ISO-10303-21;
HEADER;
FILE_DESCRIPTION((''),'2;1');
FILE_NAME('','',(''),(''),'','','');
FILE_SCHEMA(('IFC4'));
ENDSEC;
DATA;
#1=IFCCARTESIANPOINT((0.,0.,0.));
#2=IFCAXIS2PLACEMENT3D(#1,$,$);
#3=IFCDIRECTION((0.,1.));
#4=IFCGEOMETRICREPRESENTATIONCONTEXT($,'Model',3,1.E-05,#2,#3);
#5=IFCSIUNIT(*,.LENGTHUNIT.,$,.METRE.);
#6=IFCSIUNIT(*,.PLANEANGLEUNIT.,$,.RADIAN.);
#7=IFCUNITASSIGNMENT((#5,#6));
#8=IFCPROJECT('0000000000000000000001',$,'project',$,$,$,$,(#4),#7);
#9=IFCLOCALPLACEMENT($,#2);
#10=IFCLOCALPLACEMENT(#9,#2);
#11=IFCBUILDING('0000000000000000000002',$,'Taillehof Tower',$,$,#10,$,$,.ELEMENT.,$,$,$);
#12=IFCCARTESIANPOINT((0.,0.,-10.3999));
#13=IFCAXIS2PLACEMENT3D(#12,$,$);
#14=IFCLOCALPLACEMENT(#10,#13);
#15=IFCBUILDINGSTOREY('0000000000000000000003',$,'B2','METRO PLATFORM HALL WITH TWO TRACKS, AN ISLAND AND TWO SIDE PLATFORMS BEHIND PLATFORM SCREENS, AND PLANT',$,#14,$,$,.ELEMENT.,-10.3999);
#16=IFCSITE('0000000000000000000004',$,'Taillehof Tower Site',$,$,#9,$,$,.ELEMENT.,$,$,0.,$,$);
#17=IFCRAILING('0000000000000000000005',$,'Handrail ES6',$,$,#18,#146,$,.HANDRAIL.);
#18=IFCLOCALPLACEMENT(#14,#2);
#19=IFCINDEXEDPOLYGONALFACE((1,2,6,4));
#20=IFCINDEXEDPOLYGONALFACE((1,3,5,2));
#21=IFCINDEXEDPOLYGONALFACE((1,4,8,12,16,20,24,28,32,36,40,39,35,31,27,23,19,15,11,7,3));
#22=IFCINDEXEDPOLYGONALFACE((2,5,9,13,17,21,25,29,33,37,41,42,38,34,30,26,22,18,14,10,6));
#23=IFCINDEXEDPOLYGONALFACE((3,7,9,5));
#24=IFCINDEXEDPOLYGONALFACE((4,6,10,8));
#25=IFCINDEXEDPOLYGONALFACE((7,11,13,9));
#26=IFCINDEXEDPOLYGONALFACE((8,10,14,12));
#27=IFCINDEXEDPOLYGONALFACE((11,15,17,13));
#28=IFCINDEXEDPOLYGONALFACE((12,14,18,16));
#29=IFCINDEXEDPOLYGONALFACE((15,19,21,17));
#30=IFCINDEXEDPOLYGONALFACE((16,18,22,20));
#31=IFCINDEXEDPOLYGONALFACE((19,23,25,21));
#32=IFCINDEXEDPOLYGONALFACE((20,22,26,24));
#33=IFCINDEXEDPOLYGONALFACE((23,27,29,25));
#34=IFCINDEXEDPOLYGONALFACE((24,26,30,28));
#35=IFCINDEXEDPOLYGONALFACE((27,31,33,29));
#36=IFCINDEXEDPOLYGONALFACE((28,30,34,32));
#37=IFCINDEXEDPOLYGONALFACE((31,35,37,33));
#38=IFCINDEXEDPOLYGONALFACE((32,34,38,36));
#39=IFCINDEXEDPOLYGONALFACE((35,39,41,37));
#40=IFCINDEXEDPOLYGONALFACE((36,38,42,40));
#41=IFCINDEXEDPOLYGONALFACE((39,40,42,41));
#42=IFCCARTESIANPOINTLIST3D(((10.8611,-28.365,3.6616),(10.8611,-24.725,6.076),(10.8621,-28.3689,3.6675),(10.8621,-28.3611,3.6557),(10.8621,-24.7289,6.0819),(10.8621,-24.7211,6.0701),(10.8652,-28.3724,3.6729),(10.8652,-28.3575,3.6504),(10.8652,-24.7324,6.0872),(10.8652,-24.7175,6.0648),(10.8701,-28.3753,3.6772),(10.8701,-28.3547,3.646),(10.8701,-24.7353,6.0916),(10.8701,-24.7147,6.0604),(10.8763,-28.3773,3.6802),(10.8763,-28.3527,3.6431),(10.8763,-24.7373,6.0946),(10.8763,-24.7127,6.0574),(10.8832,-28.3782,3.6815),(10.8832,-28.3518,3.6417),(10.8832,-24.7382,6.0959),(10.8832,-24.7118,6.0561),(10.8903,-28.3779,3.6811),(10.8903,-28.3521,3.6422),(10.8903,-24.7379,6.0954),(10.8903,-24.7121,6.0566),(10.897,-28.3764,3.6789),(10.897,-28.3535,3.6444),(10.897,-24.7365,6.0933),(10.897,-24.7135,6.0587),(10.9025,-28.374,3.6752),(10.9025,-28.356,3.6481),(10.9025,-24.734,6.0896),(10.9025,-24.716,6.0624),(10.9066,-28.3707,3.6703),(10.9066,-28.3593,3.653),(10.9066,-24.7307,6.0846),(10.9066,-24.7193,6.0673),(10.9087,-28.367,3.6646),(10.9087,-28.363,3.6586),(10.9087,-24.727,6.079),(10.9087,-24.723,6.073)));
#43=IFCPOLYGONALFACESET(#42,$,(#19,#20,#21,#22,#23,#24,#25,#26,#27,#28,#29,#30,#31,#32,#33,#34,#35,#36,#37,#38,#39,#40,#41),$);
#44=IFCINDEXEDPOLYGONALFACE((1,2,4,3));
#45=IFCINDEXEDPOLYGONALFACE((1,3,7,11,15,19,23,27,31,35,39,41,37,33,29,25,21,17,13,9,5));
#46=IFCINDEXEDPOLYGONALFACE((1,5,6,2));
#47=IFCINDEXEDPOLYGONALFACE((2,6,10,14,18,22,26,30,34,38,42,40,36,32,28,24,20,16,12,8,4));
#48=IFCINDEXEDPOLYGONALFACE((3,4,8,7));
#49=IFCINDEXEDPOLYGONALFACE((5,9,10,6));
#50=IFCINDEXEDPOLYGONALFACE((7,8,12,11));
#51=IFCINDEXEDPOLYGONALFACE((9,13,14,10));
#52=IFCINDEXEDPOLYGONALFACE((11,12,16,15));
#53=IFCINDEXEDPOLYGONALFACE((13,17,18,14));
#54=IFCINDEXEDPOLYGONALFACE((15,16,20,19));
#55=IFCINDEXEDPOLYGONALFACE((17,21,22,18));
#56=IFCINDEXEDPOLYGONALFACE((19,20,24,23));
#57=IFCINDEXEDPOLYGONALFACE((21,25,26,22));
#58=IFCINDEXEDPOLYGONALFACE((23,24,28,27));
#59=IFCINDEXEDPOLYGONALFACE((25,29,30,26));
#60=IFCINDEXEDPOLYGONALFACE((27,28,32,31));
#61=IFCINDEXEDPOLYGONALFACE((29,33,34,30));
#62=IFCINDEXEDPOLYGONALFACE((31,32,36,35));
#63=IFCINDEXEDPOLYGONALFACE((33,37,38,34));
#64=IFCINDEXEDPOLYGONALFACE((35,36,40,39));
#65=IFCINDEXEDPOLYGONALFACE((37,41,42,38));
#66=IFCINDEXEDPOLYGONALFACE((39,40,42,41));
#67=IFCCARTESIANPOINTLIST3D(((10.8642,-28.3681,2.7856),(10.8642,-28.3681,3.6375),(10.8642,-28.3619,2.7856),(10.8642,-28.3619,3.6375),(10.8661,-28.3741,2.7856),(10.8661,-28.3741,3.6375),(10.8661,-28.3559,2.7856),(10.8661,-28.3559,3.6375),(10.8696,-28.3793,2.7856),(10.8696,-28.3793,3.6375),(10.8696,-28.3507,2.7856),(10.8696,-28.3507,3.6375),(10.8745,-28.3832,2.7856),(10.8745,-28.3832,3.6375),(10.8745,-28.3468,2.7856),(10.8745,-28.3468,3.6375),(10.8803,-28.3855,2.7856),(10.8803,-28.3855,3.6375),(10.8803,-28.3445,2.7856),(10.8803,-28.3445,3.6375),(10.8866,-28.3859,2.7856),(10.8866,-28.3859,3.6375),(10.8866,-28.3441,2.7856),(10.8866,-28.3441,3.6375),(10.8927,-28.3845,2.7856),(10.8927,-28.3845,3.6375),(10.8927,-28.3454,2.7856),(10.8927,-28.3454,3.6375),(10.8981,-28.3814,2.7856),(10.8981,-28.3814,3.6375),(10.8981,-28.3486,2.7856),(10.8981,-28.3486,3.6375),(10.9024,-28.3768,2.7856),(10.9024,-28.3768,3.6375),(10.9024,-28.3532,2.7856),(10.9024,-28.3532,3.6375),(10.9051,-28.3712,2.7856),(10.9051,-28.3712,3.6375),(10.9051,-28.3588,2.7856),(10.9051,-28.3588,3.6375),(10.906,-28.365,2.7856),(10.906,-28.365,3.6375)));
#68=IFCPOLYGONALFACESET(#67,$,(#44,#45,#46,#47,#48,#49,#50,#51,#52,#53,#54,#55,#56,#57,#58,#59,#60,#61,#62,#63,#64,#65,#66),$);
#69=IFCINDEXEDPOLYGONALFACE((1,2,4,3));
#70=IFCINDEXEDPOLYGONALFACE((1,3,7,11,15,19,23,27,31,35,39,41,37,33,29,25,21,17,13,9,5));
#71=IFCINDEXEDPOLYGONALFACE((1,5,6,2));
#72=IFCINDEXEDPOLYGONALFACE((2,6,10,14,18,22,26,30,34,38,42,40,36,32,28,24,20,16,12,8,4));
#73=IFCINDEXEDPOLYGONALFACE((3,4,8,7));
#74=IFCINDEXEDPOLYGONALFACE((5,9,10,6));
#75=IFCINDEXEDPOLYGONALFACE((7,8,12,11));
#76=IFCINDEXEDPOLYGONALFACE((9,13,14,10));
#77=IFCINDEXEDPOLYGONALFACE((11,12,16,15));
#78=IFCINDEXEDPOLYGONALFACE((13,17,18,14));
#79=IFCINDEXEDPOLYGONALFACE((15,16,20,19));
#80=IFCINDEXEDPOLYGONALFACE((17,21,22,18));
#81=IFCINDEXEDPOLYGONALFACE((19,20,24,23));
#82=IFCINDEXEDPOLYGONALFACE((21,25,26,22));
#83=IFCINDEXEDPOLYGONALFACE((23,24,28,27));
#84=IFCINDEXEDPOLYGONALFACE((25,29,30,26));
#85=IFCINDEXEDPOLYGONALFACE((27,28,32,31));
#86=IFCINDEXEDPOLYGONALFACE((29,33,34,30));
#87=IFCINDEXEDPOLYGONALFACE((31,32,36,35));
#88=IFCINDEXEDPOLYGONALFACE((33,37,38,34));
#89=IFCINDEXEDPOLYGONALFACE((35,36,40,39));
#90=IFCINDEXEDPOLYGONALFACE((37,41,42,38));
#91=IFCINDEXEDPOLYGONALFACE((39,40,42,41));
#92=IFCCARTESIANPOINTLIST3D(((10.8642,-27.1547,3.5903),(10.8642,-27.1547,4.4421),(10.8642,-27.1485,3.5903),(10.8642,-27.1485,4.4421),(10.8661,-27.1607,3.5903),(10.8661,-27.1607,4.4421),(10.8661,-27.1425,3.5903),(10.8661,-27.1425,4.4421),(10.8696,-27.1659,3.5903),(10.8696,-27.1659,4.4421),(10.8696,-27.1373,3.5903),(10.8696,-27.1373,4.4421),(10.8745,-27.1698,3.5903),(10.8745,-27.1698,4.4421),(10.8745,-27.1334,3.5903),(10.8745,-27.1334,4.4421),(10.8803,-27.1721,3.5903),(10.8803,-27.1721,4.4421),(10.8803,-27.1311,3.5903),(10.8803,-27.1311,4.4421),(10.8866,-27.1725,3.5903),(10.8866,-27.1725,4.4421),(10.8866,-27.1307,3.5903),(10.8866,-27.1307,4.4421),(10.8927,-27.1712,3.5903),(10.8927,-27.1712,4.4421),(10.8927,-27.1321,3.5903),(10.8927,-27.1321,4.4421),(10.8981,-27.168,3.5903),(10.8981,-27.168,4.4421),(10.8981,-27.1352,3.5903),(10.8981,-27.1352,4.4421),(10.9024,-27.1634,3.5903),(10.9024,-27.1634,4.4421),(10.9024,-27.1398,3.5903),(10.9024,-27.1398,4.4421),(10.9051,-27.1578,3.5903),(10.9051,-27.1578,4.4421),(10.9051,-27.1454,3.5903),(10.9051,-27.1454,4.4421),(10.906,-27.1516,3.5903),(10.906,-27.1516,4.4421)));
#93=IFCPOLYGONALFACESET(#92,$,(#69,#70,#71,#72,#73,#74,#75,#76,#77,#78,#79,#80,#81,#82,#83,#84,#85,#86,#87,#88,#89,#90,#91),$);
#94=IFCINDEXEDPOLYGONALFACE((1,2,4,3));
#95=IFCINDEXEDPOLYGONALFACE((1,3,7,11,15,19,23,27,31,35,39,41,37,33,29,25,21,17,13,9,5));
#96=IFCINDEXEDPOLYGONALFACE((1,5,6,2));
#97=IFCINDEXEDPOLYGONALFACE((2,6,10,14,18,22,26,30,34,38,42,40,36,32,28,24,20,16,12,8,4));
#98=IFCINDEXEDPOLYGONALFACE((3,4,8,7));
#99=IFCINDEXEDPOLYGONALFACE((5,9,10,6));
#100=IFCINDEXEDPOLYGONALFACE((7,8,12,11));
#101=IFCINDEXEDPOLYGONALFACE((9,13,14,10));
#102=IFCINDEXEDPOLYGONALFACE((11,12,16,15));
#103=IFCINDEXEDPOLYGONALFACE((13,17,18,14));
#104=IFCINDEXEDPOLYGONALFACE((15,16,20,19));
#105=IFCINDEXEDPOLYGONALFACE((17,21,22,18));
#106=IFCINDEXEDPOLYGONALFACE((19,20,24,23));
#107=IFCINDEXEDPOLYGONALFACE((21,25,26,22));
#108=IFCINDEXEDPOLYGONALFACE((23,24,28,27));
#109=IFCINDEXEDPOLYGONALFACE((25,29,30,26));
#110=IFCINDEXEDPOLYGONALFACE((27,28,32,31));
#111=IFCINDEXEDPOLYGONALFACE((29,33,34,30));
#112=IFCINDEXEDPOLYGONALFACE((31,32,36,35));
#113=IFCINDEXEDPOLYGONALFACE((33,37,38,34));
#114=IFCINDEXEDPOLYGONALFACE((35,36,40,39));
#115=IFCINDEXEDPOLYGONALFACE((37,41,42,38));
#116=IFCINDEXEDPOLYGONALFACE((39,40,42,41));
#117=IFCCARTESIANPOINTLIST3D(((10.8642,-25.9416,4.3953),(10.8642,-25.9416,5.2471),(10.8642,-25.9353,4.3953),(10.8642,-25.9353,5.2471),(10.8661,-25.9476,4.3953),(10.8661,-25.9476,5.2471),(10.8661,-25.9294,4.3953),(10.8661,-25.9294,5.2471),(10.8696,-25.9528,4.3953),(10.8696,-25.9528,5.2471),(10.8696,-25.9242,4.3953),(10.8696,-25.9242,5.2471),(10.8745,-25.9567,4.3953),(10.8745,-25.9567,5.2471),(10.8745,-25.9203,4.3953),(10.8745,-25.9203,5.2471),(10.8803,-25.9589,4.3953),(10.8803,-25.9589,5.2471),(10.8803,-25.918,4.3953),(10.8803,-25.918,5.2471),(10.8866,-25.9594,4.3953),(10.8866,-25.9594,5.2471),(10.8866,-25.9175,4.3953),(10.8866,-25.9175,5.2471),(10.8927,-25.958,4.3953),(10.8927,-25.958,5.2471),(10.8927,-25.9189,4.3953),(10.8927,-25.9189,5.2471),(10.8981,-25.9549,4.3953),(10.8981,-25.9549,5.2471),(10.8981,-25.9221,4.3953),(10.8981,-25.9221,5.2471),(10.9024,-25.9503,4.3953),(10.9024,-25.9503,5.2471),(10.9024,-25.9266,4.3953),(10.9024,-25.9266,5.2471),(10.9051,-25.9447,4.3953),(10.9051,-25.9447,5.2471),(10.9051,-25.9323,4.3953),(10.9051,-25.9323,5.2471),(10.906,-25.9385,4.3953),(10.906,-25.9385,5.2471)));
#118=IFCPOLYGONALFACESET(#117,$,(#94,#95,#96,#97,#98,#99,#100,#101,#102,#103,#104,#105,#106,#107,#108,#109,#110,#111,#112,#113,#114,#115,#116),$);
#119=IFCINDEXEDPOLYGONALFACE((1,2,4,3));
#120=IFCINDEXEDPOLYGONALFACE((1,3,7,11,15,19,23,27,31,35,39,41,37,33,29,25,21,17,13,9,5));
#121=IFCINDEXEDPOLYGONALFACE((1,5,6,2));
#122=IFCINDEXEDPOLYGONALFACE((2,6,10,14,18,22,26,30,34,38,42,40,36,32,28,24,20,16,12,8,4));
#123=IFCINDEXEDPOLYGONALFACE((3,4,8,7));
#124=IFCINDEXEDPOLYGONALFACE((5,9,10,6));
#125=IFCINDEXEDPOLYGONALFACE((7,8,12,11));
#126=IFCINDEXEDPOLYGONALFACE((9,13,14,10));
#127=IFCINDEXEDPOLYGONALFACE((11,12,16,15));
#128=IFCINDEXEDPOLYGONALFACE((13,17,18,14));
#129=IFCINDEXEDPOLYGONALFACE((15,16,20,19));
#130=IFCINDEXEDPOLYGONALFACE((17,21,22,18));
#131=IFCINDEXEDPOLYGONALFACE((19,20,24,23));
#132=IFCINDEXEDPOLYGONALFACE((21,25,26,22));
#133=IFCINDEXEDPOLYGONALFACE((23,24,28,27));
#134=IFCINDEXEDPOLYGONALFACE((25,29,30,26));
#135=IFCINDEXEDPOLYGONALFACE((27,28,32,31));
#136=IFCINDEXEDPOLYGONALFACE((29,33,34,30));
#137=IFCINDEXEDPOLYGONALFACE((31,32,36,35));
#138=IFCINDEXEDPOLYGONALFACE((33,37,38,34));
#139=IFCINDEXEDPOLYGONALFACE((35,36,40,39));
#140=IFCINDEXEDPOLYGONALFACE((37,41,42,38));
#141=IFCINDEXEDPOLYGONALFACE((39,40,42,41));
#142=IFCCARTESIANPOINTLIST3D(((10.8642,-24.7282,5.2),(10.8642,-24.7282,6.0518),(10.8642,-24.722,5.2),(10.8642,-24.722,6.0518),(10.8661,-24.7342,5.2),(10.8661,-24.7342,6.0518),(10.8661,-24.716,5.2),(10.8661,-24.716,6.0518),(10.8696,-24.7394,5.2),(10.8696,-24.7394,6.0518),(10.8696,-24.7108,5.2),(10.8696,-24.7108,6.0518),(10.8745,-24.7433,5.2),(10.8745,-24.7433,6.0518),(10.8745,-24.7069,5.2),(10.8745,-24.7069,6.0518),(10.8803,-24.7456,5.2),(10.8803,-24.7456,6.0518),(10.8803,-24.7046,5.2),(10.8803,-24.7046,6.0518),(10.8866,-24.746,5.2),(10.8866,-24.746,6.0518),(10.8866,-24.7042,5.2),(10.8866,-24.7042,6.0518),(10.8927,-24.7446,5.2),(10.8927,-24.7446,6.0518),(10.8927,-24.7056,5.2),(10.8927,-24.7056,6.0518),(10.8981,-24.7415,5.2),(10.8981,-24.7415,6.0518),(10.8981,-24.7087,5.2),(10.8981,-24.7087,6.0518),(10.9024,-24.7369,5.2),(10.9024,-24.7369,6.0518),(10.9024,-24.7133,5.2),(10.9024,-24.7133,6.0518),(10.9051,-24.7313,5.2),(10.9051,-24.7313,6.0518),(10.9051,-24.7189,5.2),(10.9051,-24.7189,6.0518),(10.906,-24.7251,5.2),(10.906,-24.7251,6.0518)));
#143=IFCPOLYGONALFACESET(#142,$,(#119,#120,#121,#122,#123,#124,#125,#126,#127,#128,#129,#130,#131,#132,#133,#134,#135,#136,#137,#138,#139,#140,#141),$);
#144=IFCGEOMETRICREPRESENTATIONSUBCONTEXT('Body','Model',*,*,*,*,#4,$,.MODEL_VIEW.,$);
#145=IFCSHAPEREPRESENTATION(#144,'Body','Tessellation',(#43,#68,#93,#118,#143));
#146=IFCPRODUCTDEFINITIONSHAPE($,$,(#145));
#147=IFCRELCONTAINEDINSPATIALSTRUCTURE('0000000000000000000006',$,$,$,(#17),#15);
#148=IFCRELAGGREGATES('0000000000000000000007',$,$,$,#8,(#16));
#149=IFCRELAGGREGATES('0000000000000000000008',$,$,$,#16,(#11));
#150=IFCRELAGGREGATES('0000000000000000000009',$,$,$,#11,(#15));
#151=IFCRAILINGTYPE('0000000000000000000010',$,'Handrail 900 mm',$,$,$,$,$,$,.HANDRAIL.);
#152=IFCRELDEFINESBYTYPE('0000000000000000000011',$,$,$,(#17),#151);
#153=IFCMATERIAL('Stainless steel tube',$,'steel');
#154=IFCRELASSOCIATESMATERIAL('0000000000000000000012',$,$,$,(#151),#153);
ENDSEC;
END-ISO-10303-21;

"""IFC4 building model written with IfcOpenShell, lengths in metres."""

from ifc_helpers import new_model, si_unit, direction, frame, origin, origin_2d, place, context, subcontext, project, spatial, circle, extrude, material, type_object, element, save


model = new_model("IFC4")

# Units and contexts
model_context = context("Model", 3, precision=1e-05, world=origin(), true_north=direction((0.0, 1.0)))
body_context = subcontext(model_context, "Body", "Model", "MODEL_VIEW")
ifc_project = project(units=[si_unit("LENGTHUNIT", "METRE"), si_unit("PLANEANGLEUNIT", "RADIAN")], contexts=[model_context])

# Site, building, storey
site_placement = place(None, origin())
site = spatial("IfcSite", under=ifc_project, at=site_placement, Name="Taillehof Tower Site", CompositionType="ELEMENT", RefElevation=0.0)
building_placement = place(site_placement, origin())
building = spatial("IfcBuilding", under=site, at=building_placement, Name="Taillehof Tower", CompositionType="ELEMENT")
storey_placement = place(building_placement, frame((0.0, 0.0, -10.3999)))
storey = spatial("IfcBuildingStorey", under=building, at=storey_placement, Name="B2", Description="METRO PLATFORM HALL WITH TWO TRACKS, AN ISLAND AND TWO SIDE PLATFORMS BEHIND PLATFORM SCREENS, AND PLANT", CompositionType="ELEMENT", Elevation=-10.3999)

# Railing
ifc_material_1 = material(Name="Stainless steel tube", Category="steel")
railing_type = type_object("IfcRailingType", Name="Handrail 900 mm", PredefinedType="HANDRAIL", material=ifc_material_1)
for number, where, name in (
    (1, (10.885, -28.365, 2.7856), "Handrail ES6"),
):
    element("IfcRailing", number, at=place(storey_placement, frame(where)), inside=storey, type_object=railing_type, Name=name, PredefinedType="HANDRAIL", context=body_context, shape_type="SweptSolid", body=[
        extrude(circle(Radius=0.0239, at=origin_2d()), frame((0.0, 0.0, 0.876), z_axis=(0.0, 0.833347, 0.552751), x_axis=(-1.0, 0.0, 0.0)), (0.0, 0.0, 1.0), 4.3679),
        extrude(circle(Radius=0.021, at=origin_2d()), origin(), (0.0, 0.0, 1.0), 0.8518),
        extrude(circle(Radius=0.021, at=origin_2d()), frame((0.0, 1.2134, 0.8047)), (0.0, 0.0, 1.0), 0.8518),
        extrude(circle(Radius=0.021, at=origin_2d()), frame((0.0, 2.4265, 1.6096)), (0.0, 0.0, 1.0), 0.8518),
        extrude(circle(Radius=0.021, at=origin_2d()), frame((0.0, 3.6399, 2.4143)), (0.0, 0.0, 1.0), 0.8518),
    ])

save(model, "model.ifc")
